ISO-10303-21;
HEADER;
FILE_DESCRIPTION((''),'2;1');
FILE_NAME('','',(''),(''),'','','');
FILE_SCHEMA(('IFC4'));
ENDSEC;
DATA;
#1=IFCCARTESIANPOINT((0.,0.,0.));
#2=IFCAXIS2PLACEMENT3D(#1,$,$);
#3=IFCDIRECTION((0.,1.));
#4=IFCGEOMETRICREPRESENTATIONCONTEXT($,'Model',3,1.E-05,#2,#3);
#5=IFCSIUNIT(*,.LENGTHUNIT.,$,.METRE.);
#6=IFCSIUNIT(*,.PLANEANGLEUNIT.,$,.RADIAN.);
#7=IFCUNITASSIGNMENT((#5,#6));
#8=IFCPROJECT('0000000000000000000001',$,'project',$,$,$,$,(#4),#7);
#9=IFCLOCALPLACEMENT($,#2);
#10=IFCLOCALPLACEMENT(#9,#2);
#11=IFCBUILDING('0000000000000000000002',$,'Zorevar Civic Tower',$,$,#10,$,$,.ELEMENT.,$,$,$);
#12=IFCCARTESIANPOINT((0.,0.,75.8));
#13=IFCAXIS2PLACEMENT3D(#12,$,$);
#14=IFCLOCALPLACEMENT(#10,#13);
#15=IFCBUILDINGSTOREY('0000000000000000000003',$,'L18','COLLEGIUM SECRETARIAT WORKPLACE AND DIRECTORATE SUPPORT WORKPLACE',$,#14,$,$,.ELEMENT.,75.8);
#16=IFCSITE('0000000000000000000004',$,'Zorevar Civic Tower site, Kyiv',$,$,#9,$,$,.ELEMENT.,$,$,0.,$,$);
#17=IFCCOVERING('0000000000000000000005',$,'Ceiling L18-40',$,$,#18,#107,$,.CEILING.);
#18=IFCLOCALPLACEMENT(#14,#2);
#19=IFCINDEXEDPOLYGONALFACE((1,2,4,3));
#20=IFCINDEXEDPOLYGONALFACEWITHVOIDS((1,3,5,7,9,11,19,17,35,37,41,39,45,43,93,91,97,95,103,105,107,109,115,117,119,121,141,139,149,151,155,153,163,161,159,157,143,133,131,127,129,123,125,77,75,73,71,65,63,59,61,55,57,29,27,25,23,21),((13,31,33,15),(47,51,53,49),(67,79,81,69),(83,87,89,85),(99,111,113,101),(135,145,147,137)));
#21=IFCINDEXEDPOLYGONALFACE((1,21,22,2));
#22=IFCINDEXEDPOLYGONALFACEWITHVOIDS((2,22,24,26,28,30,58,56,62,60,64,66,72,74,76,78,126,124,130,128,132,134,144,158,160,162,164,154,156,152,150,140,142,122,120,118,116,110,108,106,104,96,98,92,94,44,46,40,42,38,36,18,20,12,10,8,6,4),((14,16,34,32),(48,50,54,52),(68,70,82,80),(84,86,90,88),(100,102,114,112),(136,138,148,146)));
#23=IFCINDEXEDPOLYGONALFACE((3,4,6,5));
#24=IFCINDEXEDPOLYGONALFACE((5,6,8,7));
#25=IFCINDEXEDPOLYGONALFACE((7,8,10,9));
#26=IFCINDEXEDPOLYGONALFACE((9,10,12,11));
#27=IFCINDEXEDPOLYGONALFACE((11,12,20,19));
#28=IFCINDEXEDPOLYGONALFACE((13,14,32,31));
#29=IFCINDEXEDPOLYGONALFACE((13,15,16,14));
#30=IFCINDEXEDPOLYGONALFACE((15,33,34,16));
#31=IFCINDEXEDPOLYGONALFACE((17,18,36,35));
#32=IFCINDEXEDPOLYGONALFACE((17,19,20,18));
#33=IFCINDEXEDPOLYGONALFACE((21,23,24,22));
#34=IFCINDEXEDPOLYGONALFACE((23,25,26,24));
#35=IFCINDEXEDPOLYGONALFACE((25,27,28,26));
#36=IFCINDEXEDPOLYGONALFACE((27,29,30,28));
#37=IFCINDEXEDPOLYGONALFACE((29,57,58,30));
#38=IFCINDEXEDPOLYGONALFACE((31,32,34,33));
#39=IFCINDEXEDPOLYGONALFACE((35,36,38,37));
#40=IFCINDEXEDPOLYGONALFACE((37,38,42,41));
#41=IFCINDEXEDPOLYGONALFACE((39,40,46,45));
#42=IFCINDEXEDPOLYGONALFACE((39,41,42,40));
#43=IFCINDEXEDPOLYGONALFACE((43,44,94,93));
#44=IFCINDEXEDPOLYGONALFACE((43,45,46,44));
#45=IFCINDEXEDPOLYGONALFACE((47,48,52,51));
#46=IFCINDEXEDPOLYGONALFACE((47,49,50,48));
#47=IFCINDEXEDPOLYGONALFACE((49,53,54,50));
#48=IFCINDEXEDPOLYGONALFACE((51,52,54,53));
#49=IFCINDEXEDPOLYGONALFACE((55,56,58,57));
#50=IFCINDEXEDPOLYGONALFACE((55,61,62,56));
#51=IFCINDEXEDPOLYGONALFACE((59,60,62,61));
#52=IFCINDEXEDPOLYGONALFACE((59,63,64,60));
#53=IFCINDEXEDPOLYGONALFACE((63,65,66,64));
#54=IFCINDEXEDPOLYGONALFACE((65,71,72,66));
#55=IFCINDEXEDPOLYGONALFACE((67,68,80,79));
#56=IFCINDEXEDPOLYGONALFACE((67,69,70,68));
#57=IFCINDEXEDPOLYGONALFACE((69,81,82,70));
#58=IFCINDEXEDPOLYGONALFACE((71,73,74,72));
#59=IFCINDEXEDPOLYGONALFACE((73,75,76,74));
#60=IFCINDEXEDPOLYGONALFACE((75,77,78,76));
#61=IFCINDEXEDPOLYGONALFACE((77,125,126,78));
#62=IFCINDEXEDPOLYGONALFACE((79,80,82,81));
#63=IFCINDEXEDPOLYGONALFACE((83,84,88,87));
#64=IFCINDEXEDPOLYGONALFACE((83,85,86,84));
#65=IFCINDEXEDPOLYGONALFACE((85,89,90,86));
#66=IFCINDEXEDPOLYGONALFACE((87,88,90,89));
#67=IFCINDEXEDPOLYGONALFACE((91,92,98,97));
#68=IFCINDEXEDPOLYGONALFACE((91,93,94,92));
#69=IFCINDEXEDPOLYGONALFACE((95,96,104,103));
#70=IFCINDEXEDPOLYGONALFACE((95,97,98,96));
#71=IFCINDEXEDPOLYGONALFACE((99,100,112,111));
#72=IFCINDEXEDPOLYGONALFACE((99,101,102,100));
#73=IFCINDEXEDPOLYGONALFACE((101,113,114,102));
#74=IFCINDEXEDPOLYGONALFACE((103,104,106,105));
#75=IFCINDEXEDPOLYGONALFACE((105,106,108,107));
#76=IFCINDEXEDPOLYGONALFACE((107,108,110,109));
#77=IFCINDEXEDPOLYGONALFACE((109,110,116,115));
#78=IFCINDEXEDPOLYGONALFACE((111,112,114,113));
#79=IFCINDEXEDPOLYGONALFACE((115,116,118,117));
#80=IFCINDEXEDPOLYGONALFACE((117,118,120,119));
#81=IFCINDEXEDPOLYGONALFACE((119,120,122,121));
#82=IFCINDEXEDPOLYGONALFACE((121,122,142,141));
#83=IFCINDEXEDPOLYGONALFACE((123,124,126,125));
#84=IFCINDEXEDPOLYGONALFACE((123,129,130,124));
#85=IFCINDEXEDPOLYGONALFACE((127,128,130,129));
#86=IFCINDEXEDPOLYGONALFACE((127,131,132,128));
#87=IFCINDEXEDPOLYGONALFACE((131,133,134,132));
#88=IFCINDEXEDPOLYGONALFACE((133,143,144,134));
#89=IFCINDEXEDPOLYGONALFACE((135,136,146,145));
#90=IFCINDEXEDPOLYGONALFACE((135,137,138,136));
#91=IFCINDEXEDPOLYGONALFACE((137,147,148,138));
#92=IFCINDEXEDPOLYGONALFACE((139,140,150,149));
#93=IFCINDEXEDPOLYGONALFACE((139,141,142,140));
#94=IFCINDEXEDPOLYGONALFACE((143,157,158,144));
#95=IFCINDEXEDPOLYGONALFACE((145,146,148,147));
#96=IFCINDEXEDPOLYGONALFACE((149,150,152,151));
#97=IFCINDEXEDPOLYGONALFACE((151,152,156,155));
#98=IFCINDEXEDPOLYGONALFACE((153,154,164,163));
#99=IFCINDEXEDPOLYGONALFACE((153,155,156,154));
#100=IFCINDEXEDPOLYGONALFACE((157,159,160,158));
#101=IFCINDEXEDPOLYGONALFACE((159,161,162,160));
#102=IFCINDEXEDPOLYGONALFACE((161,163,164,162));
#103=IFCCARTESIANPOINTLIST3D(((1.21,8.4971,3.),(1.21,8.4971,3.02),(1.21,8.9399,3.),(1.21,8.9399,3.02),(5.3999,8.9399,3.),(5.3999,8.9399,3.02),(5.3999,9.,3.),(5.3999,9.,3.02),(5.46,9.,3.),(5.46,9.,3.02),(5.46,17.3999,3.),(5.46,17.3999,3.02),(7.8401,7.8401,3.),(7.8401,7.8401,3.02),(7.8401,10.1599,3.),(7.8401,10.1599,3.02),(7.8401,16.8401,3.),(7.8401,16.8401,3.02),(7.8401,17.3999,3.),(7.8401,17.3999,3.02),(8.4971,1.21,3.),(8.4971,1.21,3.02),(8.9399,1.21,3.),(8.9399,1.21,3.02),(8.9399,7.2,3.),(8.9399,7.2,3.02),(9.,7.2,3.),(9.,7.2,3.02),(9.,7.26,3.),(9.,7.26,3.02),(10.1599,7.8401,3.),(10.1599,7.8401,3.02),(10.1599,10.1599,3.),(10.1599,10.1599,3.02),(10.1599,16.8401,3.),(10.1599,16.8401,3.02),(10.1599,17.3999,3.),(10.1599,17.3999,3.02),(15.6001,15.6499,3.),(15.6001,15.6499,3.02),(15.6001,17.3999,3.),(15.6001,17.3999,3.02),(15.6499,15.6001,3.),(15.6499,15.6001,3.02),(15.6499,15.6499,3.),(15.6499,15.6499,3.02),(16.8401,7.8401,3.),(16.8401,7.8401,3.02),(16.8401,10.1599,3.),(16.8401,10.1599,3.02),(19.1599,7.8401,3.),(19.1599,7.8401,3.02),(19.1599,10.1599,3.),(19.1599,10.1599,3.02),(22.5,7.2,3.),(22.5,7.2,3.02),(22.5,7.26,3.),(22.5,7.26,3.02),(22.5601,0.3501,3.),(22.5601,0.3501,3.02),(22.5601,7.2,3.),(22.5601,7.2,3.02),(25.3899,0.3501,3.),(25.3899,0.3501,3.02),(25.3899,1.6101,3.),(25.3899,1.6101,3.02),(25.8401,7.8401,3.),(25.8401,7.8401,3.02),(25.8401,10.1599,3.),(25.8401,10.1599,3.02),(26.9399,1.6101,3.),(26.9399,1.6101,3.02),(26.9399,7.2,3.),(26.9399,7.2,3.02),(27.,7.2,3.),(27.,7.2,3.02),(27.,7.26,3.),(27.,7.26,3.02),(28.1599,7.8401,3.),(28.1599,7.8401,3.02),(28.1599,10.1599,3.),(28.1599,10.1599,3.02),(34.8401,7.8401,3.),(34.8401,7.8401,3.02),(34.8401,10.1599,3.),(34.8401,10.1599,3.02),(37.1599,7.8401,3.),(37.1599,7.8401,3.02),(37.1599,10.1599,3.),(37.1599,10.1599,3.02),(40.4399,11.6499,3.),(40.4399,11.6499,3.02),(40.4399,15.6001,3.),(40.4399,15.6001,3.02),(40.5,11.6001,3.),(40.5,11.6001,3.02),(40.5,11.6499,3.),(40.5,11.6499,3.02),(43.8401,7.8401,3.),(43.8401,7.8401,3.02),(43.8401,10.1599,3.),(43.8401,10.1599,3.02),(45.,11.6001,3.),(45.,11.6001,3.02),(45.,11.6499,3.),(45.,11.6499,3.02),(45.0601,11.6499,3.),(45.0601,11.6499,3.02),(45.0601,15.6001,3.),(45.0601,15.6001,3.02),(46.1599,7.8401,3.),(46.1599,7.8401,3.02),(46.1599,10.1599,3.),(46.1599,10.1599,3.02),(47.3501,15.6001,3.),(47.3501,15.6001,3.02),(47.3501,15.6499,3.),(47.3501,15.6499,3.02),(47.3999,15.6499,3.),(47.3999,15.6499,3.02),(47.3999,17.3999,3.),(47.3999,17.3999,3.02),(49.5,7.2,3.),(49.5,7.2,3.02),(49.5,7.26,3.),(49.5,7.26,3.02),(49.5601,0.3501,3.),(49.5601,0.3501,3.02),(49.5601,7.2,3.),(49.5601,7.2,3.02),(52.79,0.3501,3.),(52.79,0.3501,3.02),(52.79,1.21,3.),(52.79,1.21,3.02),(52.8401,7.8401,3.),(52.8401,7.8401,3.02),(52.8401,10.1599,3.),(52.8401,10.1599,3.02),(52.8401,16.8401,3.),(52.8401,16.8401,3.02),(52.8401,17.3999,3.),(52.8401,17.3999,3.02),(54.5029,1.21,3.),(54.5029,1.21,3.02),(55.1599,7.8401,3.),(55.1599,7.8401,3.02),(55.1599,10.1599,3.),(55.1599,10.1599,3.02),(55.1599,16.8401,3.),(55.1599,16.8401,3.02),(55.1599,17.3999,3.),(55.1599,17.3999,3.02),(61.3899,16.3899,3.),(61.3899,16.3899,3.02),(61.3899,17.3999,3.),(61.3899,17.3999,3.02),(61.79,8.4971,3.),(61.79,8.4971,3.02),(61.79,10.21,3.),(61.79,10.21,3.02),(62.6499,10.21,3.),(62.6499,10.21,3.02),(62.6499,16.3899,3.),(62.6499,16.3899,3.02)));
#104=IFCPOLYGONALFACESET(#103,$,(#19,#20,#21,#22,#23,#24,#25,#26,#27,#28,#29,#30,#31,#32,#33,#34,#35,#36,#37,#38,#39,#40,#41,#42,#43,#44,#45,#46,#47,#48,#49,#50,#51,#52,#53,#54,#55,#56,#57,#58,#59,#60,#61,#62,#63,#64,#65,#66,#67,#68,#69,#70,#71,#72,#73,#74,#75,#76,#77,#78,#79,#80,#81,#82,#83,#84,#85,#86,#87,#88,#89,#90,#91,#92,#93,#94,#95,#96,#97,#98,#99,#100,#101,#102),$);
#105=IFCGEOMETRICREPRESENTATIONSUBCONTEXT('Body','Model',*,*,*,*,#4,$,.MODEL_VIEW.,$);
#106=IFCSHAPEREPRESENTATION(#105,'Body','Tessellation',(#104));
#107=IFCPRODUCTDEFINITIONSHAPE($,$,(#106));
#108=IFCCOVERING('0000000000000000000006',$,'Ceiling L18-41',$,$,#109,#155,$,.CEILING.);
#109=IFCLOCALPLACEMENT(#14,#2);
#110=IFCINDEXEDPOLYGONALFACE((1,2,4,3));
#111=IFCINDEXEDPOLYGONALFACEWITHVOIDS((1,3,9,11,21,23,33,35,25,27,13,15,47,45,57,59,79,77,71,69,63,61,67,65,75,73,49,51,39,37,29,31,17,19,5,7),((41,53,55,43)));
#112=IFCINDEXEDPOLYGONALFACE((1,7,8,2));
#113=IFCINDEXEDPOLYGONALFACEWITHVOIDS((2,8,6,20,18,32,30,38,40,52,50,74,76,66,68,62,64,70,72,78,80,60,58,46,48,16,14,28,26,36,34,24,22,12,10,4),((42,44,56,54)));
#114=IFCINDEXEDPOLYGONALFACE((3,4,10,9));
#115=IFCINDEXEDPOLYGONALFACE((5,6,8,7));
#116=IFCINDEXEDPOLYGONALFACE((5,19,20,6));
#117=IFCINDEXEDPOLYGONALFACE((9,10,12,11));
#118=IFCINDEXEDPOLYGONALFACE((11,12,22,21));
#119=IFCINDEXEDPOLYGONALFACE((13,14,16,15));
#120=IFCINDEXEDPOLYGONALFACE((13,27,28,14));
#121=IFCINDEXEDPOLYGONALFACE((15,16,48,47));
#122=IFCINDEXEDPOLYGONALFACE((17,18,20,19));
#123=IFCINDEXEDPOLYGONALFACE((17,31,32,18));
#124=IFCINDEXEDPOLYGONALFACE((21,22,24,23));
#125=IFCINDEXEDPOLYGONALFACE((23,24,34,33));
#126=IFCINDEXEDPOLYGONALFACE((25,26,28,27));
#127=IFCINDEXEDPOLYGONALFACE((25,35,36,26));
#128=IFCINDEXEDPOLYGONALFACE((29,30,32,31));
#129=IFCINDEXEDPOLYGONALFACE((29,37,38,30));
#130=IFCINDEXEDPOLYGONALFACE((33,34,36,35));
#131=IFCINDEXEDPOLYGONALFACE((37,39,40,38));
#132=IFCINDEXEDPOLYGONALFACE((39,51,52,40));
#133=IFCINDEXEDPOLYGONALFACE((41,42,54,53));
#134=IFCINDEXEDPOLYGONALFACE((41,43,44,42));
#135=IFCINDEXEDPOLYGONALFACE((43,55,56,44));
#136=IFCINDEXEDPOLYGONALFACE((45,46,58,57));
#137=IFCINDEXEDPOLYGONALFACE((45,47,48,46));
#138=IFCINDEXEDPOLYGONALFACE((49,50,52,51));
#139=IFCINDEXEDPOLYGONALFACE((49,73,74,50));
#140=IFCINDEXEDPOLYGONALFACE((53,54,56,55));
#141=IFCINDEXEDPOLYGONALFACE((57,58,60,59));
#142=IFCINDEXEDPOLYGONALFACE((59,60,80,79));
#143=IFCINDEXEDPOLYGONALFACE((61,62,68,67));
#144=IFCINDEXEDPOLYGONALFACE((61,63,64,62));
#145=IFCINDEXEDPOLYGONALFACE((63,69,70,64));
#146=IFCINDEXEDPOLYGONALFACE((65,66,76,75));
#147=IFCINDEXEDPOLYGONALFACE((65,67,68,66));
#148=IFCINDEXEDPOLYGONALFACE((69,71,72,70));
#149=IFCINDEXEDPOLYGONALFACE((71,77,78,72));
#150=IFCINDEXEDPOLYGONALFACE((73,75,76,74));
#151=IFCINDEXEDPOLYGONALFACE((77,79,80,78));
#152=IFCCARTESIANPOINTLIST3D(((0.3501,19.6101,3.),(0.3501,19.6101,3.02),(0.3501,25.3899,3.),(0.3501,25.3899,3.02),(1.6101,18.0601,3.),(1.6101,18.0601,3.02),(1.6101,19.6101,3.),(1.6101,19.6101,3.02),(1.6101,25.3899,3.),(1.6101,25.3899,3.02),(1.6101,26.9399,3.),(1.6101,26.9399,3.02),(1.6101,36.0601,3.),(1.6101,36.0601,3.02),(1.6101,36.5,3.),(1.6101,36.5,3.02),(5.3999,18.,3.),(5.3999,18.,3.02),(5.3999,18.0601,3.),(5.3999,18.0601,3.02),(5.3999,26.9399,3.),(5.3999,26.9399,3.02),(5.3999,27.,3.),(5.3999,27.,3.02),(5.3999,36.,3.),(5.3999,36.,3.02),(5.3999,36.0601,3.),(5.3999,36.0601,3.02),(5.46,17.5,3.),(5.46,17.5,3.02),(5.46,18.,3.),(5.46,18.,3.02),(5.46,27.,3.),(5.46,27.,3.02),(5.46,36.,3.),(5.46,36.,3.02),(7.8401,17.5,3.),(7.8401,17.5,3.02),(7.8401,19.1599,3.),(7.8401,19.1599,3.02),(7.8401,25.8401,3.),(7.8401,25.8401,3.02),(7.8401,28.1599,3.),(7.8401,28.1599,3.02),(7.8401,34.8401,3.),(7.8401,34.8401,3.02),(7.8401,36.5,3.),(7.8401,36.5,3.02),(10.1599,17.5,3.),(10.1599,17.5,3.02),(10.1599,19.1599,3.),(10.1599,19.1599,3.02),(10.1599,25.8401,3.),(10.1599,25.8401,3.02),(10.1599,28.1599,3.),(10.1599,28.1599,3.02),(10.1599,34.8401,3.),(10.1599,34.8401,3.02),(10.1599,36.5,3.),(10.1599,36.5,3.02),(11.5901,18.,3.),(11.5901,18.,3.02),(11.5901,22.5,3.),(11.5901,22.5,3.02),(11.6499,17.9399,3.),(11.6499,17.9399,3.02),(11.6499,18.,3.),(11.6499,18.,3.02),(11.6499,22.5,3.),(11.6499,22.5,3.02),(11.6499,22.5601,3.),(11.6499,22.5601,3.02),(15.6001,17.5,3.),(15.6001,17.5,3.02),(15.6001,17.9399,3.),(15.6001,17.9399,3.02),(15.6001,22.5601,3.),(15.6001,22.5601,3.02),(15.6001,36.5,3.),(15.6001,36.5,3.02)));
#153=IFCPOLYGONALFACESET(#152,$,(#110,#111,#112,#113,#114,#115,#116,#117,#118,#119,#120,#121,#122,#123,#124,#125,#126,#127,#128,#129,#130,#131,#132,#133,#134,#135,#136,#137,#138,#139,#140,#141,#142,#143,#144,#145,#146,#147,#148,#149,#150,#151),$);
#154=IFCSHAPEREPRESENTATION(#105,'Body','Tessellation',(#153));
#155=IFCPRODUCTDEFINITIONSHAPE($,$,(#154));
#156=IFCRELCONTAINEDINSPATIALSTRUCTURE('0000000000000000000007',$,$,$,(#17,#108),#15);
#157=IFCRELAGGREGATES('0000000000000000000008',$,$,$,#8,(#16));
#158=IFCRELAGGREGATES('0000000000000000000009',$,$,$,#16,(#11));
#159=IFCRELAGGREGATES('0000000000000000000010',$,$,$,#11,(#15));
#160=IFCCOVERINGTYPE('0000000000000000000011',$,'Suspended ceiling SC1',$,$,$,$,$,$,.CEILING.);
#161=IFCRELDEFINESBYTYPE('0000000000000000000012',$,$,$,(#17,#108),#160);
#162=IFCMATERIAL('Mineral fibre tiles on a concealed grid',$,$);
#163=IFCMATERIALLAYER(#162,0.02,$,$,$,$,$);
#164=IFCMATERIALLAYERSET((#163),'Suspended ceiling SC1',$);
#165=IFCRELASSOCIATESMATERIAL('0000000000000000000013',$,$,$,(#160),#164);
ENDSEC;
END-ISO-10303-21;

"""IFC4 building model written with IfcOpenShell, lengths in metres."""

from ifc_helpers import new_model, si_unit, direction, frame, origin, place, context, subcontext, project, spatial, polyline, outline, extrude, material, layer, layer_set, type_object, element, save


model = new_model("IFC4")

# Units and contexts
model_context = context("Model", 3, precision=1e-05, world=origin(), true_north=direction((0.0, 1.0)))
body_context = subcontext(model_context, "Body", "Model", "MODEL_VIEW")
ifc_project = project(units=[si_unit("LENGTHUNIT", "METRE"), si_unit("PLANEANGLEUNIT", "RADIAN")], contexts=[model_context])

# Site, building, storey
site_placement = place(None, origin())
site = spatial("IfcSite", under=ifc_project, at=site_placement, Name="Zorevar Civic Tower site, Kyiv", CompositionType="ELEMENT", RefElevation=0.0)
building_placement = place(site_placement, origin())
building = spatial("IfcBuilding", under=site, at=building_placement, Name="Zorevar Civic Tower", CompositionType="ELEMENT")
storey_placement = place(building_placement, frame((0.0, 0.0, 75.8)))
storey = spatial("IfcBuildingStorey", under=building, at=storey_placement, Name="L18", Description="COLLEGIUM SECRETARIAT WORKPLACE AND DIRECTORATE SUPPORT WORKPLACE", CompositionType="ELEMENT", Elevation=75.8)

# Coverings
ifc_material_1 = material(Name="Mineral fibre tiles on a concealed grid")
ifc_layer_1 = layer(ifc_material_1, 0.02)
ifc_layer_set_1 = layer_set([ifc_layer_1], Name="Suspended ceiling SC1")
covering_type = type_object("IfcCoveringType", Name="Suspended ceiling SC1", PredefinedType="CEILING", material=ifc_layer_set_1)
covering_1_placement = place(storey_placement, frame((0.0, 0.0, 3.0)))
element("IfcCovering", 1, at=covering_1_placement, inside=storey, type_object=covering_type, Name="Ceiling L18-40", PredefinedType="CEILING", context=body_context, shape_type="SweptSolid", body=[
    extrude(outline(polyline([(1.21, 8.9399), (5.3999, 8.9399), (5.3999, 9.0), (5.46, 9.0), (5.46, 17.3999), (7.8401, 17.3999), (7.8401, 16.8401), (10.1599, 16.8401), (10.1599, 17.3999), (15.6001, 17.3999), (15.6001, 15.6499), (15.6499, 15.6499), (15.6499, 15.6001), (40.4399, 15.6001), (40.4399, 11.6499), (40.5, 11.6499), (40.5, 11.6001), (45.0, 11.6001), (45.0, 11.6499), (45.0601, 11.6499), (45.0601, 15.6001), (47.3501, 15.6001), (47.3501, 15.6499), (47.3999, 15.6499), (47.3999, 17.3999), (52.8401, 17.3999), (52.8401, 16.8401), (55.1599, 16.8401), (55.1599, 17.3999), (61.3899, 17.3999), (61.3899, 16.3899), (62.6499, 16.3899), (62.6499, 10.21), (61.79, 10.21), (61.79, 8.4971), (54.5029, 1.21), (52.79, 1.21), (52.79, 0.3501), (49.5601, 0.3501), (49.5601, 7.2), (49.5, 7.2), (49.5, 7.26), (27.0, 7.26), (27.0, 7.2), (26.9399, 7.2), (26.9399, 1.6101), (25.3899, 1.6101), (25.3899, 0.3501), (22.5601, 0.3501), (22.5601, 7.2), (22.5, 7.2), (22.5, 7.26), (9.0, 7.26), (9.0, 7.2), (8.9399, 7.2), (8.9399, 1.21), (8.4971, 1.21), (1.21, 8.4971), (1.21, 8.9399)]), holes=[polyline([(7.8401, 10.1599), (7.8401, 7.8401), (10.1599, 7.8401), (10.1599, 10.1599), (7.8401, 10.1599)]), polyline([(19.1599, 7.8401), (19.1599, 10.1599), (16.8401, 10.1599), (16.8401, 7.8401), (19.1599, 7.8401)]), polyline([(25.8401, 10.1599), (25.8401, 7.8401), (28.1599, 7.8401), (28.1599, 10.1599), (25.8401, 10.1599)]), polyline([(37.1599, 10.1599), (34.8401, 10.1599), (34.8401, 7.8401), (37.1599, 7.8401), (37.1599, 10.1599)]), polyline([(46.1599, 7.8401), (46.1599, 10.1599), (43.8401, 10.1599), (43.8401, 7.8401), (46.1599, 7.8401)]), polyline([(52.8401, 10.1599), (52.8401, 7.8401), (55.1599, 7.8401), (55.1599, 10.1599), (52.8401, 10.1599)])]), origin(), (0.0, 0.0, 1.0), 0.02),
])
covering_2_placement = place(storey_placement, frame((0.0, 0.0, 3.0)))
element("IfcCovering", 2, at=covering_2_placement, inside=storey, type_object=covering_type, Name="Ceiling L18-41", PredefinedType="CEILING", context=body_context, shape_type="SweptSolid", body=[
    extrude(outline(polyline([(15.6001, 36.5), (15.6001, 22.5601), (11.6499, 22.5601), (11.6499, 22.5), (11.5901, 22.5), (11.5901, 18.0), (11.6499, 18.0), (11.6499, 17.9399), (15.6001, 17.9399), (15.6001, 17.5), (10.1599, 17.5), (10.1599, 19.1599), (7.8401, 19.1599), (7.8401, 17.5), (5.46, 17.5), (5.46, 18.0), (5.3999, 18.0), (5.3999, 18.0601), (1.6101, 18.0601), (1.6101, 19.6101), (0.3501, 19.6101), (0.3501, 25.3899), (1.6101, 25.3899), (1.6101, 26.9399), (5.3999, 26.9399), (5.3999, 27.0), (5.46, 27.0), (5.46, 36.0), (5.3999, 36.0), (5.3999, 36.0601), (1.6101, 36.0601), (1.6101, 36.5), (7.8401, 36.5), (7.8401, 34.8401), (10.1599, 34.8401), (10.1599, 36.5), (15.6001, 36.5)]), holes=[polyline([(7.8401, 28.1599), (7.8401, 25.8401), (10.1599, 25.8401), (10.1599, 28.1599), (7.8401, 28.1599)])]), origin(), (0.0, 0.0, 1.0), 0.02),
])

save(model, "model.ifc")
